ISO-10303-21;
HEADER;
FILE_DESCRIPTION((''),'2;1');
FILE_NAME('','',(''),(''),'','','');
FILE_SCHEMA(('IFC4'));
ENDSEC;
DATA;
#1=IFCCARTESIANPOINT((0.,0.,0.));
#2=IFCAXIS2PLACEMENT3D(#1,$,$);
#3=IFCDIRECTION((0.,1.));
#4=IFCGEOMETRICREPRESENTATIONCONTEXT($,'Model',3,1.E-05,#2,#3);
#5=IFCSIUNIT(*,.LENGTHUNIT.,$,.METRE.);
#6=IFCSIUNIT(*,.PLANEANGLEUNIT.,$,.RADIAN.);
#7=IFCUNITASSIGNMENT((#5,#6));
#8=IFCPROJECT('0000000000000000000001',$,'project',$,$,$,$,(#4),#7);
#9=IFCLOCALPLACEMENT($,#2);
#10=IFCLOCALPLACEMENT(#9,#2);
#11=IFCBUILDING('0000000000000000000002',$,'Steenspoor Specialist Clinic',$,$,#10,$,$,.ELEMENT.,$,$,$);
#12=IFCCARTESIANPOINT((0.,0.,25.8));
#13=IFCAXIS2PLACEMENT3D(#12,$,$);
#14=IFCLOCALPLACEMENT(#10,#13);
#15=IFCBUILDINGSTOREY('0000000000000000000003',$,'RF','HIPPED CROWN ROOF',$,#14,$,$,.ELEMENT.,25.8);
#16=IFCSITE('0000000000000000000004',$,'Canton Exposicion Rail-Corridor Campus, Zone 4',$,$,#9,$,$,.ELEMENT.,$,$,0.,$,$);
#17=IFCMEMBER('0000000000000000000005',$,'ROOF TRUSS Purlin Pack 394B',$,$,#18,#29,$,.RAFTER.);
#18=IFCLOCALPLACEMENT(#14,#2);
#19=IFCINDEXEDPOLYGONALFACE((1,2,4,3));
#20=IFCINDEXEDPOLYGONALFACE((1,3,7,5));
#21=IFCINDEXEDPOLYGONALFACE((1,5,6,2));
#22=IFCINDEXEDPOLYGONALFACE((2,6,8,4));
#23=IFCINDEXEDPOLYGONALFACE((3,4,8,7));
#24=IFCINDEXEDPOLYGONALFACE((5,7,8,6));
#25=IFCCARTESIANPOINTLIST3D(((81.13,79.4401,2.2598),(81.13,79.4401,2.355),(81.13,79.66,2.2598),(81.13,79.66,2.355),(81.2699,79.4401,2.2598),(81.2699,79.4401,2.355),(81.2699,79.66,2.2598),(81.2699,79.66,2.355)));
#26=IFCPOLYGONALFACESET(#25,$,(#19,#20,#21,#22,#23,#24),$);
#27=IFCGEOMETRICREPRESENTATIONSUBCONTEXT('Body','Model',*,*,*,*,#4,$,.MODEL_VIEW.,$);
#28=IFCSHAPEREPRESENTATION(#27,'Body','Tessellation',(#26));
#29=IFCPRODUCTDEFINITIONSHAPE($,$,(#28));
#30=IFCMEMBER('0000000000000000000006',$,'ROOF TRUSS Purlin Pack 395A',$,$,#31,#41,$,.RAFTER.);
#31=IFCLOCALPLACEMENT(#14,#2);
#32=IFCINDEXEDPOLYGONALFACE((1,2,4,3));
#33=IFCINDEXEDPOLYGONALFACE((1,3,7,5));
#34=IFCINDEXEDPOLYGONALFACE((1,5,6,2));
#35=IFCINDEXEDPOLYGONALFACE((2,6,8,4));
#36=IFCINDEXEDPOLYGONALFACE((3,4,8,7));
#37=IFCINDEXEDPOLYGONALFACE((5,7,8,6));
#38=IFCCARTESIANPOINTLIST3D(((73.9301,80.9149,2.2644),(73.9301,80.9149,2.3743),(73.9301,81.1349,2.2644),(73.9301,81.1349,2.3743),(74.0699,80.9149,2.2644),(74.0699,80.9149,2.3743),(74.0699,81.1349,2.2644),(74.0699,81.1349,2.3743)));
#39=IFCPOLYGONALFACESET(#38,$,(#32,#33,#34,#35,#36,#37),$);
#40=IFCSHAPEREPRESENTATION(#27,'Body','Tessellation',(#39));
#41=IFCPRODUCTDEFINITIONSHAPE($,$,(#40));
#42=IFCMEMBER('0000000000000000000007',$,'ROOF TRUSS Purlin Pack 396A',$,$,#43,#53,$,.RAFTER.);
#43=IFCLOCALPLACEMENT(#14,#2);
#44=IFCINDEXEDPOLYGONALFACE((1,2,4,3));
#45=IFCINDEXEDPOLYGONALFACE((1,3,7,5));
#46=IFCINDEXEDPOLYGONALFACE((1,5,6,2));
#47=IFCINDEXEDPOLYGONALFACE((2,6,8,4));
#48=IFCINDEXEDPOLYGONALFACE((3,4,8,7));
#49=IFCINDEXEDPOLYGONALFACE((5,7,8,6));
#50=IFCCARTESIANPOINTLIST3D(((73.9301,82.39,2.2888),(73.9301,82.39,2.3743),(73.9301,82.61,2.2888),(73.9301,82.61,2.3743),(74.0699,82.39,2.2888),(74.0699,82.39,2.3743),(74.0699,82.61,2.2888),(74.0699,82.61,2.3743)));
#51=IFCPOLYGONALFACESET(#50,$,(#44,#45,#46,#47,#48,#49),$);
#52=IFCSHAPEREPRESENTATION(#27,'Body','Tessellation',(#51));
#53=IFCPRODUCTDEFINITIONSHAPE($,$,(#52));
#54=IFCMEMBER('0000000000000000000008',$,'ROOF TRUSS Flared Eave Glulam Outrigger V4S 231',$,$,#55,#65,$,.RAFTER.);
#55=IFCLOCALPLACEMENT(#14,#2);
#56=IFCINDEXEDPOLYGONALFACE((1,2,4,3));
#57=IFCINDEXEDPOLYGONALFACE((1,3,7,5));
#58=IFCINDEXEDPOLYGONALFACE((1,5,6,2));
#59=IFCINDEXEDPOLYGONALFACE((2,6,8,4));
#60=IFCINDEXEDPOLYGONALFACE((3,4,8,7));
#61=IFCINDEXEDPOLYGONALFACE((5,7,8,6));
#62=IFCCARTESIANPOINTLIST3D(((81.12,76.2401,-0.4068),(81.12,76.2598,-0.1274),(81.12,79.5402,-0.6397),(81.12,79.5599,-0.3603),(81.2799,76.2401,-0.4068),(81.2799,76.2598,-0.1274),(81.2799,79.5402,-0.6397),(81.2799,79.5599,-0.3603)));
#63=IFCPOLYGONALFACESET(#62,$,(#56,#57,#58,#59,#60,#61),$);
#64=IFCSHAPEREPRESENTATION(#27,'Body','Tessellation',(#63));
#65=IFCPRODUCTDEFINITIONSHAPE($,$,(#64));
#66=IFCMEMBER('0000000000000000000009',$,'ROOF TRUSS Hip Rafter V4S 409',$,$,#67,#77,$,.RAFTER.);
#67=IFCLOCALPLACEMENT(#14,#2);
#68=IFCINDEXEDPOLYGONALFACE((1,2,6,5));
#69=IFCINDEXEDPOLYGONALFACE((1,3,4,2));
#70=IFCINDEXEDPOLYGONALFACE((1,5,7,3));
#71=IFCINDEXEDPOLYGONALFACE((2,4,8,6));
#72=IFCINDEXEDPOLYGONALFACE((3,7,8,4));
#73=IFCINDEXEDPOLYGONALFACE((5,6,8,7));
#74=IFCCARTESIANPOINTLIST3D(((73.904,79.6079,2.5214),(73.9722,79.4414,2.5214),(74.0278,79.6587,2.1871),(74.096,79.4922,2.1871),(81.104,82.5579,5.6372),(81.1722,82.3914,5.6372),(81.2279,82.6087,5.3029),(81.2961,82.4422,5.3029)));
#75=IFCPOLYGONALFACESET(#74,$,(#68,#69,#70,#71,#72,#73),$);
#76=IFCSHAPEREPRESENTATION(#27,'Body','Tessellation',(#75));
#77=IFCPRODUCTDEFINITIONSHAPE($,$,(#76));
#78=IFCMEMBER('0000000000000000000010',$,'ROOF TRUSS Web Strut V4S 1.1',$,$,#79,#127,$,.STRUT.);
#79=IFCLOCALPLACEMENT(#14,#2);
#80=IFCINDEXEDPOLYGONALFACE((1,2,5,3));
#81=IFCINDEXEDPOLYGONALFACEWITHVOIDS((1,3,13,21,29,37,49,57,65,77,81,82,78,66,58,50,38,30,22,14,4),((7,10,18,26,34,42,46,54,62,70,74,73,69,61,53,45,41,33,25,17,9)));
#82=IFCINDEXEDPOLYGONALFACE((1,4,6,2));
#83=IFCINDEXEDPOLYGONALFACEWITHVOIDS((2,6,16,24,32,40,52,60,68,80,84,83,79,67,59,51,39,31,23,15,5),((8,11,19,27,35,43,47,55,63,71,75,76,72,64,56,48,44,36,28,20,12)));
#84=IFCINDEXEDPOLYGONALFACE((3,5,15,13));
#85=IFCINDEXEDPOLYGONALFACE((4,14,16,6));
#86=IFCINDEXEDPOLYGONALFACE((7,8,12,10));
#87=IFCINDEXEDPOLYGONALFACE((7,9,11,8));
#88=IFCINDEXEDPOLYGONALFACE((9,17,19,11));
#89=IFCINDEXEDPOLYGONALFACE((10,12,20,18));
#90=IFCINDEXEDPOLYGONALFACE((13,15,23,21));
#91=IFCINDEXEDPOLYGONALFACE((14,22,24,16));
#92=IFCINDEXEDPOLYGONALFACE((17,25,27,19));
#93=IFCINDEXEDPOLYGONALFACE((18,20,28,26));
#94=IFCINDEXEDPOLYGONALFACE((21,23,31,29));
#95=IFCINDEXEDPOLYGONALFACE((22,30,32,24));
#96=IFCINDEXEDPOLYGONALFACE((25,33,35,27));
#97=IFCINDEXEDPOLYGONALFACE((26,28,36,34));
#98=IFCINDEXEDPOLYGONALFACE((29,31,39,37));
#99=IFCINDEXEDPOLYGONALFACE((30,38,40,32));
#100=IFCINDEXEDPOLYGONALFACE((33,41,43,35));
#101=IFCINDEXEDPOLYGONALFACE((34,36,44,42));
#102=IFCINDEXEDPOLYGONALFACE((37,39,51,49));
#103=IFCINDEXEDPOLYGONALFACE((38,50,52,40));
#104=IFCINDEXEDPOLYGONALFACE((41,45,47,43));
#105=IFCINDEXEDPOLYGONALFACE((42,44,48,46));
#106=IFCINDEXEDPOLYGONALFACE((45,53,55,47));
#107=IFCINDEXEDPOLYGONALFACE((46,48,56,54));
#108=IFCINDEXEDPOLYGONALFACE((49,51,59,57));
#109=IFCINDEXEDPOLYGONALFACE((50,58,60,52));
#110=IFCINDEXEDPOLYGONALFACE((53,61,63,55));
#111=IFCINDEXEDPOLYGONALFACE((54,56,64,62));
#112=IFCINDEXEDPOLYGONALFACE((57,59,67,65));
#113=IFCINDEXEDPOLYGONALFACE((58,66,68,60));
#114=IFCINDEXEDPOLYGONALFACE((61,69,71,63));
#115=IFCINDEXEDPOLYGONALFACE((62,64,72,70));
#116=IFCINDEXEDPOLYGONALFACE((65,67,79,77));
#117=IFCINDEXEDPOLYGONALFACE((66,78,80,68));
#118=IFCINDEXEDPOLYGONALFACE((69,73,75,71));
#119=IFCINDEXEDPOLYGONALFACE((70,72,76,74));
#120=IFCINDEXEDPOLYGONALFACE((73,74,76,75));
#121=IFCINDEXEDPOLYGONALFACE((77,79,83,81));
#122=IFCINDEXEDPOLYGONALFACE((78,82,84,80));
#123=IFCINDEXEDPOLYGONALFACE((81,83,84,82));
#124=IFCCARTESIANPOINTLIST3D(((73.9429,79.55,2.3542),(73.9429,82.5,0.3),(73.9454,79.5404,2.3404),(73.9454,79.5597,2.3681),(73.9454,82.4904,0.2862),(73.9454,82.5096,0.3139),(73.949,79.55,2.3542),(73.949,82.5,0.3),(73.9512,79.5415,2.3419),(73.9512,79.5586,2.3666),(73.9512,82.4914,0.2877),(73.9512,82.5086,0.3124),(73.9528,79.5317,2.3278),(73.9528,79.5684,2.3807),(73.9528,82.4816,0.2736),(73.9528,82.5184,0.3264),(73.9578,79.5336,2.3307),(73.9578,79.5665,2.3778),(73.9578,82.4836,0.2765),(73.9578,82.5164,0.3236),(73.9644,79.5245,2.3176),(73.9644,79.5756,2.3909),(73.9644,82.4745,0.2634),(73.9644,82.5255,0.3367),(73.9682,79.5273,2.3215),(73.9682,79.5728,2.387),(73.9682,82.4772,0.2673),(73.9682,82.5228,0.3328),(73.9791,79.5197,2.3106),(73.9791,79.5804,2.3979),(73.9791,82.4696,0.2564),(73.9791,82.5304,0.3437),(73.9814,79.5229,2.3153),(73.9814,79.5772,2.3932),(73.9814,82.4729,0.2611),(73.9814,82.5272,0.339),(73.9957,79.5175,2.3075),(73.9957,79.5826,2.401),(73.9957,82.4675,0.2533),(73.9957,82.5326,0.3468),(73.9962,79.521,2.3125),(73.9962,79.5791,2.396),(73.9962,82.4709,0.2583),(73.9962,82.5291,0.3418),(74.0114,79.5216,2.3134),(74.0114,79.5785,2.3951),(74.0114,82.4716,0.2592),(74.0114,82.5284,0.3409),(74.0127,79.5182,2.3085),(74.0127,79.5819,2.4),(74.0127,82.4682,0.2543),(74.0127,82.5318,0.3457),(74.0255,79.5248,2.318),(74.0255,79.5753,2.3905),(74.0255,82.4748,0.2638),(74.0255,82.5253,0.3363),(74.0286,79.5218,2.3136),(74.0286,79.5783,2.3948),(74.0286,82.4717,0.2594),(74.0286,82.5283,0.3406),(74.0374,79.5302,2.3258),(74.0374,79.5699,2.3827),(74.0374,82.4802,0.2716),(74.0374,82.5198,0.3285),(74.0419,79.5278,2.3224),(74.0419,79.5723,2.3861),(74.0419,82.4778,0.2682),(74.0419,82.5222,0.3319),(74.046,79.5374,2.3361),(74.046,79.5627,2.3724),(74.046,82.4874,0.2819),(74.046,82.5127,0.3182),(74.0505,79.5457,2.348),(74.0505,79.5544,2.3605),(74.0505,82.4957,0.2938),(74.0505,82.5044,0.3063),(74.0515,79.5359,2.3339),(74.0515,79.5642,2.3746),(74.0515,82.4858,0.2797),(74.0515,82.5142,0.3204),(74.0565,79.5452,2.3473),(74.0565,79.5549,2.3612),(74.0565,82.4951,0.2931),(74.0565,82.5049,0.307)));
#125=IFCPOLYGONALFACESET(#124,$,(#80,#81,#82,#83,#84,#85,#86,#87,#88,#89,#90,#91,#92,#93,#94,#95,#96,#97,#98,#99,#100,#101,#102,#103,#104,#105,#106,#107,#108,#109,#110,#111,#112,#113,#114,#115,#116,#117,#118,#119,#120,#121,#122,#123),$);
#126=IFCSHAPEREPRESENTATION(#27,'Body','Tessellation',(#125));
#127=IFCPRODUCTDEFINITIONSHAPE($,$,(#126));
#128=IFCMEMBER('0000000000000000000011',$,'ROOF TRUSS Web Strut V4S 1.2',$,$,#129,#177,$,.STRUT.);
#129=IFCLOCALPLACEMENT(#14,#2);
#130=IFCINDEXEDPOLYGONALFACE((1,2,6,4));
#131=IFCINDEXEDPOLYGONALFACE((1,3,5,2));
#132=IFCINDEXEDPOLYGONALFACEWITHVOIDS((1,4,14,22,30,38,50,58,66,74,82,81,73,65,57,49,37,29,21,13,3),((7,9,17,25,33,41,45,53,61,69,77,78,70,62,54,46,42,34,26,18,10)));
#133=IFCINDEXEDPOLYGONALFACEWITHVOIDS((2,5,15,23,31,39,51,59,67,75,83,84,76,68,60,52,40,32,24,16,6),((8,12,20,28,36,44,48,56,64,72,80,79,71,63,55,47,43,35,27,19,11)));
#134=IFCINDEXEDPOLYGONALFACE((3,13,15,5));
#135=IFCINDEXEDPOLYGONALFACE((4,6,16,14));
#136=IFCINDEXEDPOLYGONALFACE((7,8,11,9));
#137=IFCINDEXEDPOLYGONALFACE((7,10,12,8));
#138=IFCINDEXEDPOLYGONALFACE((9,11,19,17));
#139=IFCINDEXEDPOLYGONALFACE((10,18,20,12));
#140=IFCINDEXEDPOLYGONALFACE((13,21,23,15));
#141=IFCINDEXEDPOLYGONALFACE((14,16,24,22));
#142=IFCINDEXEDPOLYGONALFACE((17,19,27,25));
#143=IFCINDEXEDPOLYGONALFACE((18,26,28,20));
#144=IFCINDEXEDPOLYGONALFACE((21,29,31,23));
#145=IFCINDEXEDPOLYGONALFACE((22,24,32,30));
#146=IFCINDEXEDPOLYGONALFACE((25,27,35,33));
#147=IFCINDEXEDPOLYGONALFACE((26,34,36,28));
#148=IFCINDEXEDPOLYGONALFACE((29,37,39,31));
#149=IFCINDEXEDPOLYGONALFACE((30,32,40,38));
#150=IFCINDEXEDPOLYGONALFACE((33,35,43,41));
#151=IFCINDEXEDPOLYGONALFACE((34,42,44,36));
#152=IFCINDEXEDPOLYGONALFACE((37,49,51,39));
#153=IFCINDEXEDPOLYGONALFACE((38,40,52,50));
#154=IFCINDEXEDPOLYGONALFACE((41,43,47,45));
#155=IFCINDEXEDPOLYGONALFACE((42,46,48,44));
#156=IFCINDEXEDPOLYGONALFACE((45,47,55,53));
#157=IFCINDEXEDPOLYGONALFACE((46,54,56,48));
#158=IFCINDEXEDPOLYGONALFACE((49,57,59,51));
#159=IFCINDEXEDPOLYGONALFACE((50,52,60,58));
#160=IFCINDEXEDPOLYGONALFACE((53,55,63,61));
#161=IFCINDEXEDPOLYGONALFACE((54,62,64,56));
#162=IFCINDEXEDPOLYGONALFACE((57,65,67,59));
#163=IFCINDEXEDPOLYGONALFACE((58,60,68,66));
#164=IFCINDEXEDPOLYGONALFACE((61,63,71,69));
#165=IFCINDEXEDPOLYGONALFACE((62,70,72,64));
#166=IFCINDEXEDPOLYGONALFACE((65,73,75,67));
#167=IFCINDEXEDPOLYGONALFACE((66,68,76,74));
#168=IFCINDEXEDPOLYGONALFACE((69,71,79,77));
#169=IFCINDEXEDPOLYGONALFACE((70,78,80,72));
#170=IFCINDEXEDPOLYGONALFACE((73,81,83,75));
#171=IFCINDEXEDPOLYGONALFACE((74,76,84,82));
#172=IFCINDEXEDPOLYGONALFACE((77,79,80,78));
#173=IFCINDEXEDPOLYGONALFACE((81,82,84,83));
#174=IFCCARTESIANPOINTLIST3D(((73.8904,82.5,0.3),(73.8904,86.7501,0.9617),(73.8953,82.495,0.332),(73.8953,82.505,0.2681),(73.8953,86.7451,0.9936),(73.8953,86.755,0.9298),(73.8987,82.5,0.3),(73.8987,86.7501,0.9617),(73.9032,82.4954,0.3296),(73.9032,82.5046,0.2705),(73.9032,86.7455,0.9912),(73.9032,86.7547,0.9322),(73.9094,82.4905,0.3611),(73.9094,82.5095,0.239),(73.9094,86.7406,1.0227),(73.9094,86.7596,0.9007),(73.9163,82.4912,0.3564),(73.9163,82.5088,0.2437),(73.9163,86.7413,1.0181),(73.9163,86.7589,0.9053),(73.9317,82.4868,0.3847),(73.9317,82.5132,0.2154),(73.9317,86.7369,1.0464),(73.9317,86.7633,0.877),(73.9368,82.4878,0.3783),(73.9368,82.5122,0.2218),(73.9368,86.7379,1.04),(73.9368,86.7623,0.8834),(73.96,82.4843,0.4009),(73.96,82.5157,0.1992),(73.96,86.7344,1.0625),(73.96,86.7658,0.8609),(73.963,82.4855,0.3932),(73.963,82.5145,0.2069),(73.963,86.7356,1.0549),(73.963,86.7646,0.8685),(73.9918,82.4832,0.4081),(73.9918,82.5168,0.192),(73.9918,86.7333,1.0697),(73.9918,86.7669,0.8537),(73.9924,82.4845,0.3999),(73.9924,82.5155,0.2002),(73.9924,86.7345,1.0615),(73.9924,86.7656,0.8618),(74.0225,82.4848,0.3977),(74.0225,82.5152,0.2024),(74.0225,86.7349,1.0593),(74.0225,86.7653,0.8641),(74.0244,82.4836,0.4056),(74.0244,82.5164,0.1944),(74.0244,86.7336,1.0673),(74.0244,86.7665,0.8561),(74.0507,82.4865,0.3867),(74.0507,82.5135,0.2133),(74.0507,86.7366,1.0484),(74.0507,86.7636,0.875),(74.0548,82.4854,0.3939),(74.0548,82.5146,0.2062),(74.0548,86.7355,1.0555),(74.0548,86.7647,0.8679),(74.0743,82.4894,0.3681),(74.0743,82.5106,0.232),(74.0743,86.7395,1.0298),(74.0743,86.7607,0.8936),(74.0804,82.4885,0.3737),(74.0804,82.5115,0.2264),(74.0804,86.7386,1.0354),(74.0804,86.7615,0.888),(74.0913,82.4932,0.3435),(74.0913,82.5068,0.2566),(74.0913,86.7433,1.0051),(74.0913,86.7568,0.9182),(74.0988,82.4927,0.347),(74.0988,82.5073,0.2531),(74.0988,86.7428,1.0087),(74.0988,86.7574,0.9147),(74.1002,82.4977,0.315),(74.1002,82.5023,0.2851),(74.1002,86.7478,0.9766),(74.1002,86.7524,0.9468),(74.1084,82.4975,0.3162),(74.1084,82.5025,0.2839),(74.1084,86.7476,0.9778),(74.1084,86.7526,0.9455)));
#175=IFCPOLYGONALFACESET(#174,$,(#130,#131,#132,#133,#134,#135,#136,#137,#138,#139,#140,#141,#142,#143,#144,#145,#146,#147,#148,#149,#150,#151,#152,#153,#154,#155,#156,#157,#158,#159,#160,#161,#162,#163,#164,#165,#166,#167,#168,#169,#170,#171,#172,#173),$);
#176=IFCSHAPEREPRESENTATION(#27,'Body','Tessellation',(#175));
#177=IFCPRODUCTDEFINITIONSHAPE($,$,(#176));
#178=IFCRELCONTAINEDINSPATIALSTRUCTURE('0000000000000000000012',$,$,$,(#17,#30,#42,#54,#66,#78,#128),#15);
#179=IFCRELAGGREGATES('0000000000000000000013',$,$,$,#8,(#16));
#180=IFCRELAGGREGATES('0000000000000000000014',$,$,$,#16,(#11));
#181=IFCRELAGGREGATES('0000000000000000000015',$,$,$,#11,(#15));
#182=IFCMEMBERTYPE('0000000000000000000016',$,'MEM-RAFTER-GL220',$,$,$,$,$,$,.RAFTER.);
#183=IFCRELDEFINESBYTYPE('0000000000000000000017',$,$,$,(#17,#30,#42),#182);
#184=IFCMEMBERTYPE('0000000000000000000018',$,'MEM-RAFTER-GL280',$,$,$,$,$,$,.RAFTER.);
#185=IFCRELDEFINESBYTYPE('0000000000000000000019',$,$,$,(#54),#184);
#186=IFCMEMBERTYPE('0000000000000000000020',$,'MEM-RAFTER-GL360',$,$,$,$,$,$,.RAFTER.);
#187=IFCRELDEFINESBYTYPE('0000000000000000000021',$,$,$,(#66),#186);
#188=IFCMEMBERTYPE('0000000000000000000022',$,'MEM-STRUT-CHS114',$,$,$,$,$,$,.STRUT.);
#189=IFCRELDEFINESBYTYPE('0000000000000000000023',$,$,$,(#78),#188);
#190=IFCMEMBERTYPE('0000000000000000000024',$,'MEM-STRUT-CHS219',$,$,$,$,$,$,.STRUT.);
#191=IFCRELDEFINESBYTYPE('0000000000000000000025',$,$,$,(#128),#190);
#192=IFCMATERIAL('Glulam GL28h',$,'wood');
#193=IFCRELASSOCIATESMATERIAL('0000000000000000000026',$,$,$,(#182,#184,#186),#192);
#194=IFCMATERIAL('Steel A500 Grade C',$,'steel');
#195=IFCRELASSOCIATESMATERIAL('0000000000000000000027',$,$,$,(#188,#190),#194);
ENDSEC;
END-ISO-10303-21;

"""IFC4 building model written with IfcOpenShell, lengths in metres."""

from ifc_helpers import new_model, si_unit, direction, frame, origin, origin_2d, place, context, subcontext, project, spatial, rectangle, hollow_circle, extrude, material, material_profile, profile_set, type_object, element, save


model = new_model("IFC4")

# Units and contexts
model_context = context("Model", 3, precision=1e-05, world=origin(), true_north=direction((0.0, 1.0)))
body_context = subcontext(model_context, "Body", "Model", "MODEL_VIEW")
ifc_project = project(units=[si_unit("LENGTHUNIT", "METRE"), si_unit("PLANEANGLEUNIT", "RADIAN")], contexts=[model_context])

# Site, building, storey
site_placement = place(None, origin())
site = spatial("IfcSite", under=ifc_project, at=site_placement, Name="Canton Exposicion Rail-Corridor Campus, Zone 4", CompositionType="ELEMENT", RefElevation=0.0)
building_placement = place(site_placement, origin())
building = spatial("IfcBuilding", under=site, at=building_placement, Name="Steenspoor Specialist Clinic", CompositionType="ELEMENT")
storey_placement = place(building_placement, frame((0.0, 0.0, 25.8)))
storey = spatial("IfcBuildingStorey", under=building, at=storey_placement, Name="RF", Description="HIPPED CROWN ROOF", CompositionType="ELEMENT", Elevation=25.8)

# Shared definitions
ifc_material_1 = material(Name="Glulam GL28h", Category="wood")

# Members
ifc_material_2 = material(Name="Steel A500 Grade C", Category="steel")
ifc_material_profile_1 = material_profile(ifc_material_1, rectangle(XDim=0.1399, YDim=0.22, at=origin_2d()), Name="GL28H-140X220")
ifc_profile_set_1 = profile_set([ifc_material_profile_1], Name="Glulam GL28h")
member_type_1 = type_object("IfcMemberType", Name="MEM-RAFTER-GL220", PredefinedType="RAFTER", material=ifc_profile_set_1)
member_1_placement = place(storey_placement, frame((81.2, 79.55, 2.2598), z_axis=(0.0, 0.0, 1.0), x_axis=(1.0, 0.0, 0.0)))
element("IfcMember", 1, at=member_1_placement, inside=storey, type_object=member_type_1, Name="ROOF TRUSS Purlin Pack 394B", PredefinedType="RAFTER", context=body_context, shape_type="SweptSolid", body=[
    extrude(rectangle(XDim=0.1399, YDim=0.22, at=origin_2d()), origin(), (0.0, 0.0, 1.0), 0.0952),
])
member_2_placement = place(storey_placement, frame((74.0, 81.0249, 2.2644), z_axis=(0.0, 0.0, 1.0), x_axis=(1.0, 0.0, 0.0)))
element("IfcMember", 2, at=member_2_placement, inside=storey, type_object=member_type_1, Name="ROOF TRUSS Purlin Pack 395A", PredefinedType="RAFTER", context=body_context, shape_type="SweptSolid", body=[
    extrude(rectangle(XDim=0.1399, YDim=0.22, at=origin_2d()), origin(), (0.0, 0.0, 1.0), 0.1099),
])
member_3_placement = place(storey_placement, frame((74.0, 82.5, 2.2888), z_axis=(0.0, 0.0, 1.0), x_axis=(1.0, 0.0, 0.0)))
element("IfcMember", 3, at=member_3_placement, inside=storey, type_object=member_type_1, Name="ROOF TRUSS Purlin Pack 396A", PredefinedType="RAFTER", context=body_context, shape_type="SweptSolid", body=[
    extrude(rectangle(XDim=0.1399, YDim=0.22, at=origin_2d()), origin(), (0.0, 0.0, 1.0), 0.0854),
])
ifc_material_profile_2 = material_profile(ifc_material_1, rectangle(XDim=0.1599, YDim=0.28, at=origin_2d()), Name="GL28H-160X280")
ifc_profile_set_2 = profile_set([ifc_material_profile_2], Name="Glulam GL28h")
member_type_2 = type_object("IfcMemberType", Name="MEM-RAFTER-GL280", PredefinedType="RAFTER", material=ifc_profile_set_2)
member_4_placement = place(storey_placement, frame((81.2, 79.55, -0.5), z_axis=(0.0, -0.997519, 0.070403), x_axis=(1.0, 0.0, 0.0)))
element("IfcMember", 4, at=member_4_placement, inside=storey, type_object=member_type_2, Name="ROOF TRUSS Flared Eave Glulam Outrigger V4S 231", PredefinedType="RAFTER", context=body_context, shape_type="SweptSolid", body=[
    extrude(rectangle(XDim=0.1599, YDim=0.28, at=origin_2d()), origin(), (0.0, 0.0, 1.0), 3.3083),
])
ifc_material_profile_3 = material_profile(ifc_material_1, rectangle(XDim=0.1799, YDim=0.3601, at=origin_2d()), Name="GL28H-180X360")
ifc_profile_set_3 = profile_set([ifc_material_profile_3], Name="Glulam GL28h")
member_type_3 = type_object("IfcMemberType", Name="MEM-RAFTER-GL360", PredefinedType="RAFTER", material=ifc_profile_set_3)
member_5_placement = place(storey_placement, frame((74.0, 79.55, 2.3542), z_axis=(0.859031, 0.351961, 0.371739), x_axis=(-0.37913, 0.925343, 0.0)))
element("IfcMember", 5, at=member_5_placement, inside=storey, type_object=member_type_3, Name="ROOF TRUSS Hip Rafter V4S 409", PredefinedType="RAFTER", context=body_context, shape_type="SweptSolid", body=[
    extrude(rectangle(XDim=0.1799, YDim=0.3601, at=origin_2d()), origin(), (0.0, 0.0, 1.0), 8.3816),
])
ifc_material_profile_4 = material_profile(ifc_material_2, hollow_circle(Radius=0.0571, WallThickness=0.0061, at=origin_2d()), Name="CHS114X6.0")
ifc_profile_set_4 = profile_set([ifc_material_profile_4], Name="Steel A500 Grade C")
member_type_4 = type_object("IfcMemberType", Name="MEM-STRUT-CHS114", PredefinedType="STRUT", material=ifc_profile_set_4)
member_6_placement = place(storey_placement, frame((74.0, 79.55, 2.3542), z_axis=(0.0, 0.820637, -0.57145), x_axis=(-1.0, 0.0, 0.0)))
element("IfcMember", 6, at=member_6_placement, inside=storey, type_object=member_type_4, Name="ROOF TRUSS Web Strut V4S 1.1", PredefinedType="STRUT", context=body_context, shape_type="SweptSolid", body=[
    extrude(hollow_circle(Radius=0.0571, WallThickness=0.0061, at=origin_2d()), origin(), (0.0, 0.0, 1.0), 3.5947),
])
ifc_material_profile_5 = material_profile(ifc_material_2, hollow_circle(Radius=0.1096, WallThickness=0.0083, at=origin_2d()), Name="CHS219X8.2")
ifc_profile_set_5 = profile_set([ifc_material_profile_5], Name="Steel A500 Grade C")
member_type_5 = type_object("IfcMemberType", Name="MEM-STRUT-CHS219", PredefinedType="STRUT", material=ifc_profile_set_5)
member_7_placement = place(storey_placement, frame((74.0, 82.5, 0.3), z_axis=(0.0, 0.988098, 0.153823), x_axis=(-1.0, 0.0, 0.0)))
element("IfcMember", 7, at=member_7_placement, inside=storey, type_object=member_type_5, Name="ROOF TRUSS Web Strut V4S 1.2", PredefinedType="STRUT", context=body_context, shape_type="SweptSolid", body=[
    extrude(hollow_circle(Radius=0.1096, WallThickness=0.0083, at=origin_2d()), origin(), (0.0, 0.0, 1.0), 4.3013),
])

save(model, "model.ifc")
